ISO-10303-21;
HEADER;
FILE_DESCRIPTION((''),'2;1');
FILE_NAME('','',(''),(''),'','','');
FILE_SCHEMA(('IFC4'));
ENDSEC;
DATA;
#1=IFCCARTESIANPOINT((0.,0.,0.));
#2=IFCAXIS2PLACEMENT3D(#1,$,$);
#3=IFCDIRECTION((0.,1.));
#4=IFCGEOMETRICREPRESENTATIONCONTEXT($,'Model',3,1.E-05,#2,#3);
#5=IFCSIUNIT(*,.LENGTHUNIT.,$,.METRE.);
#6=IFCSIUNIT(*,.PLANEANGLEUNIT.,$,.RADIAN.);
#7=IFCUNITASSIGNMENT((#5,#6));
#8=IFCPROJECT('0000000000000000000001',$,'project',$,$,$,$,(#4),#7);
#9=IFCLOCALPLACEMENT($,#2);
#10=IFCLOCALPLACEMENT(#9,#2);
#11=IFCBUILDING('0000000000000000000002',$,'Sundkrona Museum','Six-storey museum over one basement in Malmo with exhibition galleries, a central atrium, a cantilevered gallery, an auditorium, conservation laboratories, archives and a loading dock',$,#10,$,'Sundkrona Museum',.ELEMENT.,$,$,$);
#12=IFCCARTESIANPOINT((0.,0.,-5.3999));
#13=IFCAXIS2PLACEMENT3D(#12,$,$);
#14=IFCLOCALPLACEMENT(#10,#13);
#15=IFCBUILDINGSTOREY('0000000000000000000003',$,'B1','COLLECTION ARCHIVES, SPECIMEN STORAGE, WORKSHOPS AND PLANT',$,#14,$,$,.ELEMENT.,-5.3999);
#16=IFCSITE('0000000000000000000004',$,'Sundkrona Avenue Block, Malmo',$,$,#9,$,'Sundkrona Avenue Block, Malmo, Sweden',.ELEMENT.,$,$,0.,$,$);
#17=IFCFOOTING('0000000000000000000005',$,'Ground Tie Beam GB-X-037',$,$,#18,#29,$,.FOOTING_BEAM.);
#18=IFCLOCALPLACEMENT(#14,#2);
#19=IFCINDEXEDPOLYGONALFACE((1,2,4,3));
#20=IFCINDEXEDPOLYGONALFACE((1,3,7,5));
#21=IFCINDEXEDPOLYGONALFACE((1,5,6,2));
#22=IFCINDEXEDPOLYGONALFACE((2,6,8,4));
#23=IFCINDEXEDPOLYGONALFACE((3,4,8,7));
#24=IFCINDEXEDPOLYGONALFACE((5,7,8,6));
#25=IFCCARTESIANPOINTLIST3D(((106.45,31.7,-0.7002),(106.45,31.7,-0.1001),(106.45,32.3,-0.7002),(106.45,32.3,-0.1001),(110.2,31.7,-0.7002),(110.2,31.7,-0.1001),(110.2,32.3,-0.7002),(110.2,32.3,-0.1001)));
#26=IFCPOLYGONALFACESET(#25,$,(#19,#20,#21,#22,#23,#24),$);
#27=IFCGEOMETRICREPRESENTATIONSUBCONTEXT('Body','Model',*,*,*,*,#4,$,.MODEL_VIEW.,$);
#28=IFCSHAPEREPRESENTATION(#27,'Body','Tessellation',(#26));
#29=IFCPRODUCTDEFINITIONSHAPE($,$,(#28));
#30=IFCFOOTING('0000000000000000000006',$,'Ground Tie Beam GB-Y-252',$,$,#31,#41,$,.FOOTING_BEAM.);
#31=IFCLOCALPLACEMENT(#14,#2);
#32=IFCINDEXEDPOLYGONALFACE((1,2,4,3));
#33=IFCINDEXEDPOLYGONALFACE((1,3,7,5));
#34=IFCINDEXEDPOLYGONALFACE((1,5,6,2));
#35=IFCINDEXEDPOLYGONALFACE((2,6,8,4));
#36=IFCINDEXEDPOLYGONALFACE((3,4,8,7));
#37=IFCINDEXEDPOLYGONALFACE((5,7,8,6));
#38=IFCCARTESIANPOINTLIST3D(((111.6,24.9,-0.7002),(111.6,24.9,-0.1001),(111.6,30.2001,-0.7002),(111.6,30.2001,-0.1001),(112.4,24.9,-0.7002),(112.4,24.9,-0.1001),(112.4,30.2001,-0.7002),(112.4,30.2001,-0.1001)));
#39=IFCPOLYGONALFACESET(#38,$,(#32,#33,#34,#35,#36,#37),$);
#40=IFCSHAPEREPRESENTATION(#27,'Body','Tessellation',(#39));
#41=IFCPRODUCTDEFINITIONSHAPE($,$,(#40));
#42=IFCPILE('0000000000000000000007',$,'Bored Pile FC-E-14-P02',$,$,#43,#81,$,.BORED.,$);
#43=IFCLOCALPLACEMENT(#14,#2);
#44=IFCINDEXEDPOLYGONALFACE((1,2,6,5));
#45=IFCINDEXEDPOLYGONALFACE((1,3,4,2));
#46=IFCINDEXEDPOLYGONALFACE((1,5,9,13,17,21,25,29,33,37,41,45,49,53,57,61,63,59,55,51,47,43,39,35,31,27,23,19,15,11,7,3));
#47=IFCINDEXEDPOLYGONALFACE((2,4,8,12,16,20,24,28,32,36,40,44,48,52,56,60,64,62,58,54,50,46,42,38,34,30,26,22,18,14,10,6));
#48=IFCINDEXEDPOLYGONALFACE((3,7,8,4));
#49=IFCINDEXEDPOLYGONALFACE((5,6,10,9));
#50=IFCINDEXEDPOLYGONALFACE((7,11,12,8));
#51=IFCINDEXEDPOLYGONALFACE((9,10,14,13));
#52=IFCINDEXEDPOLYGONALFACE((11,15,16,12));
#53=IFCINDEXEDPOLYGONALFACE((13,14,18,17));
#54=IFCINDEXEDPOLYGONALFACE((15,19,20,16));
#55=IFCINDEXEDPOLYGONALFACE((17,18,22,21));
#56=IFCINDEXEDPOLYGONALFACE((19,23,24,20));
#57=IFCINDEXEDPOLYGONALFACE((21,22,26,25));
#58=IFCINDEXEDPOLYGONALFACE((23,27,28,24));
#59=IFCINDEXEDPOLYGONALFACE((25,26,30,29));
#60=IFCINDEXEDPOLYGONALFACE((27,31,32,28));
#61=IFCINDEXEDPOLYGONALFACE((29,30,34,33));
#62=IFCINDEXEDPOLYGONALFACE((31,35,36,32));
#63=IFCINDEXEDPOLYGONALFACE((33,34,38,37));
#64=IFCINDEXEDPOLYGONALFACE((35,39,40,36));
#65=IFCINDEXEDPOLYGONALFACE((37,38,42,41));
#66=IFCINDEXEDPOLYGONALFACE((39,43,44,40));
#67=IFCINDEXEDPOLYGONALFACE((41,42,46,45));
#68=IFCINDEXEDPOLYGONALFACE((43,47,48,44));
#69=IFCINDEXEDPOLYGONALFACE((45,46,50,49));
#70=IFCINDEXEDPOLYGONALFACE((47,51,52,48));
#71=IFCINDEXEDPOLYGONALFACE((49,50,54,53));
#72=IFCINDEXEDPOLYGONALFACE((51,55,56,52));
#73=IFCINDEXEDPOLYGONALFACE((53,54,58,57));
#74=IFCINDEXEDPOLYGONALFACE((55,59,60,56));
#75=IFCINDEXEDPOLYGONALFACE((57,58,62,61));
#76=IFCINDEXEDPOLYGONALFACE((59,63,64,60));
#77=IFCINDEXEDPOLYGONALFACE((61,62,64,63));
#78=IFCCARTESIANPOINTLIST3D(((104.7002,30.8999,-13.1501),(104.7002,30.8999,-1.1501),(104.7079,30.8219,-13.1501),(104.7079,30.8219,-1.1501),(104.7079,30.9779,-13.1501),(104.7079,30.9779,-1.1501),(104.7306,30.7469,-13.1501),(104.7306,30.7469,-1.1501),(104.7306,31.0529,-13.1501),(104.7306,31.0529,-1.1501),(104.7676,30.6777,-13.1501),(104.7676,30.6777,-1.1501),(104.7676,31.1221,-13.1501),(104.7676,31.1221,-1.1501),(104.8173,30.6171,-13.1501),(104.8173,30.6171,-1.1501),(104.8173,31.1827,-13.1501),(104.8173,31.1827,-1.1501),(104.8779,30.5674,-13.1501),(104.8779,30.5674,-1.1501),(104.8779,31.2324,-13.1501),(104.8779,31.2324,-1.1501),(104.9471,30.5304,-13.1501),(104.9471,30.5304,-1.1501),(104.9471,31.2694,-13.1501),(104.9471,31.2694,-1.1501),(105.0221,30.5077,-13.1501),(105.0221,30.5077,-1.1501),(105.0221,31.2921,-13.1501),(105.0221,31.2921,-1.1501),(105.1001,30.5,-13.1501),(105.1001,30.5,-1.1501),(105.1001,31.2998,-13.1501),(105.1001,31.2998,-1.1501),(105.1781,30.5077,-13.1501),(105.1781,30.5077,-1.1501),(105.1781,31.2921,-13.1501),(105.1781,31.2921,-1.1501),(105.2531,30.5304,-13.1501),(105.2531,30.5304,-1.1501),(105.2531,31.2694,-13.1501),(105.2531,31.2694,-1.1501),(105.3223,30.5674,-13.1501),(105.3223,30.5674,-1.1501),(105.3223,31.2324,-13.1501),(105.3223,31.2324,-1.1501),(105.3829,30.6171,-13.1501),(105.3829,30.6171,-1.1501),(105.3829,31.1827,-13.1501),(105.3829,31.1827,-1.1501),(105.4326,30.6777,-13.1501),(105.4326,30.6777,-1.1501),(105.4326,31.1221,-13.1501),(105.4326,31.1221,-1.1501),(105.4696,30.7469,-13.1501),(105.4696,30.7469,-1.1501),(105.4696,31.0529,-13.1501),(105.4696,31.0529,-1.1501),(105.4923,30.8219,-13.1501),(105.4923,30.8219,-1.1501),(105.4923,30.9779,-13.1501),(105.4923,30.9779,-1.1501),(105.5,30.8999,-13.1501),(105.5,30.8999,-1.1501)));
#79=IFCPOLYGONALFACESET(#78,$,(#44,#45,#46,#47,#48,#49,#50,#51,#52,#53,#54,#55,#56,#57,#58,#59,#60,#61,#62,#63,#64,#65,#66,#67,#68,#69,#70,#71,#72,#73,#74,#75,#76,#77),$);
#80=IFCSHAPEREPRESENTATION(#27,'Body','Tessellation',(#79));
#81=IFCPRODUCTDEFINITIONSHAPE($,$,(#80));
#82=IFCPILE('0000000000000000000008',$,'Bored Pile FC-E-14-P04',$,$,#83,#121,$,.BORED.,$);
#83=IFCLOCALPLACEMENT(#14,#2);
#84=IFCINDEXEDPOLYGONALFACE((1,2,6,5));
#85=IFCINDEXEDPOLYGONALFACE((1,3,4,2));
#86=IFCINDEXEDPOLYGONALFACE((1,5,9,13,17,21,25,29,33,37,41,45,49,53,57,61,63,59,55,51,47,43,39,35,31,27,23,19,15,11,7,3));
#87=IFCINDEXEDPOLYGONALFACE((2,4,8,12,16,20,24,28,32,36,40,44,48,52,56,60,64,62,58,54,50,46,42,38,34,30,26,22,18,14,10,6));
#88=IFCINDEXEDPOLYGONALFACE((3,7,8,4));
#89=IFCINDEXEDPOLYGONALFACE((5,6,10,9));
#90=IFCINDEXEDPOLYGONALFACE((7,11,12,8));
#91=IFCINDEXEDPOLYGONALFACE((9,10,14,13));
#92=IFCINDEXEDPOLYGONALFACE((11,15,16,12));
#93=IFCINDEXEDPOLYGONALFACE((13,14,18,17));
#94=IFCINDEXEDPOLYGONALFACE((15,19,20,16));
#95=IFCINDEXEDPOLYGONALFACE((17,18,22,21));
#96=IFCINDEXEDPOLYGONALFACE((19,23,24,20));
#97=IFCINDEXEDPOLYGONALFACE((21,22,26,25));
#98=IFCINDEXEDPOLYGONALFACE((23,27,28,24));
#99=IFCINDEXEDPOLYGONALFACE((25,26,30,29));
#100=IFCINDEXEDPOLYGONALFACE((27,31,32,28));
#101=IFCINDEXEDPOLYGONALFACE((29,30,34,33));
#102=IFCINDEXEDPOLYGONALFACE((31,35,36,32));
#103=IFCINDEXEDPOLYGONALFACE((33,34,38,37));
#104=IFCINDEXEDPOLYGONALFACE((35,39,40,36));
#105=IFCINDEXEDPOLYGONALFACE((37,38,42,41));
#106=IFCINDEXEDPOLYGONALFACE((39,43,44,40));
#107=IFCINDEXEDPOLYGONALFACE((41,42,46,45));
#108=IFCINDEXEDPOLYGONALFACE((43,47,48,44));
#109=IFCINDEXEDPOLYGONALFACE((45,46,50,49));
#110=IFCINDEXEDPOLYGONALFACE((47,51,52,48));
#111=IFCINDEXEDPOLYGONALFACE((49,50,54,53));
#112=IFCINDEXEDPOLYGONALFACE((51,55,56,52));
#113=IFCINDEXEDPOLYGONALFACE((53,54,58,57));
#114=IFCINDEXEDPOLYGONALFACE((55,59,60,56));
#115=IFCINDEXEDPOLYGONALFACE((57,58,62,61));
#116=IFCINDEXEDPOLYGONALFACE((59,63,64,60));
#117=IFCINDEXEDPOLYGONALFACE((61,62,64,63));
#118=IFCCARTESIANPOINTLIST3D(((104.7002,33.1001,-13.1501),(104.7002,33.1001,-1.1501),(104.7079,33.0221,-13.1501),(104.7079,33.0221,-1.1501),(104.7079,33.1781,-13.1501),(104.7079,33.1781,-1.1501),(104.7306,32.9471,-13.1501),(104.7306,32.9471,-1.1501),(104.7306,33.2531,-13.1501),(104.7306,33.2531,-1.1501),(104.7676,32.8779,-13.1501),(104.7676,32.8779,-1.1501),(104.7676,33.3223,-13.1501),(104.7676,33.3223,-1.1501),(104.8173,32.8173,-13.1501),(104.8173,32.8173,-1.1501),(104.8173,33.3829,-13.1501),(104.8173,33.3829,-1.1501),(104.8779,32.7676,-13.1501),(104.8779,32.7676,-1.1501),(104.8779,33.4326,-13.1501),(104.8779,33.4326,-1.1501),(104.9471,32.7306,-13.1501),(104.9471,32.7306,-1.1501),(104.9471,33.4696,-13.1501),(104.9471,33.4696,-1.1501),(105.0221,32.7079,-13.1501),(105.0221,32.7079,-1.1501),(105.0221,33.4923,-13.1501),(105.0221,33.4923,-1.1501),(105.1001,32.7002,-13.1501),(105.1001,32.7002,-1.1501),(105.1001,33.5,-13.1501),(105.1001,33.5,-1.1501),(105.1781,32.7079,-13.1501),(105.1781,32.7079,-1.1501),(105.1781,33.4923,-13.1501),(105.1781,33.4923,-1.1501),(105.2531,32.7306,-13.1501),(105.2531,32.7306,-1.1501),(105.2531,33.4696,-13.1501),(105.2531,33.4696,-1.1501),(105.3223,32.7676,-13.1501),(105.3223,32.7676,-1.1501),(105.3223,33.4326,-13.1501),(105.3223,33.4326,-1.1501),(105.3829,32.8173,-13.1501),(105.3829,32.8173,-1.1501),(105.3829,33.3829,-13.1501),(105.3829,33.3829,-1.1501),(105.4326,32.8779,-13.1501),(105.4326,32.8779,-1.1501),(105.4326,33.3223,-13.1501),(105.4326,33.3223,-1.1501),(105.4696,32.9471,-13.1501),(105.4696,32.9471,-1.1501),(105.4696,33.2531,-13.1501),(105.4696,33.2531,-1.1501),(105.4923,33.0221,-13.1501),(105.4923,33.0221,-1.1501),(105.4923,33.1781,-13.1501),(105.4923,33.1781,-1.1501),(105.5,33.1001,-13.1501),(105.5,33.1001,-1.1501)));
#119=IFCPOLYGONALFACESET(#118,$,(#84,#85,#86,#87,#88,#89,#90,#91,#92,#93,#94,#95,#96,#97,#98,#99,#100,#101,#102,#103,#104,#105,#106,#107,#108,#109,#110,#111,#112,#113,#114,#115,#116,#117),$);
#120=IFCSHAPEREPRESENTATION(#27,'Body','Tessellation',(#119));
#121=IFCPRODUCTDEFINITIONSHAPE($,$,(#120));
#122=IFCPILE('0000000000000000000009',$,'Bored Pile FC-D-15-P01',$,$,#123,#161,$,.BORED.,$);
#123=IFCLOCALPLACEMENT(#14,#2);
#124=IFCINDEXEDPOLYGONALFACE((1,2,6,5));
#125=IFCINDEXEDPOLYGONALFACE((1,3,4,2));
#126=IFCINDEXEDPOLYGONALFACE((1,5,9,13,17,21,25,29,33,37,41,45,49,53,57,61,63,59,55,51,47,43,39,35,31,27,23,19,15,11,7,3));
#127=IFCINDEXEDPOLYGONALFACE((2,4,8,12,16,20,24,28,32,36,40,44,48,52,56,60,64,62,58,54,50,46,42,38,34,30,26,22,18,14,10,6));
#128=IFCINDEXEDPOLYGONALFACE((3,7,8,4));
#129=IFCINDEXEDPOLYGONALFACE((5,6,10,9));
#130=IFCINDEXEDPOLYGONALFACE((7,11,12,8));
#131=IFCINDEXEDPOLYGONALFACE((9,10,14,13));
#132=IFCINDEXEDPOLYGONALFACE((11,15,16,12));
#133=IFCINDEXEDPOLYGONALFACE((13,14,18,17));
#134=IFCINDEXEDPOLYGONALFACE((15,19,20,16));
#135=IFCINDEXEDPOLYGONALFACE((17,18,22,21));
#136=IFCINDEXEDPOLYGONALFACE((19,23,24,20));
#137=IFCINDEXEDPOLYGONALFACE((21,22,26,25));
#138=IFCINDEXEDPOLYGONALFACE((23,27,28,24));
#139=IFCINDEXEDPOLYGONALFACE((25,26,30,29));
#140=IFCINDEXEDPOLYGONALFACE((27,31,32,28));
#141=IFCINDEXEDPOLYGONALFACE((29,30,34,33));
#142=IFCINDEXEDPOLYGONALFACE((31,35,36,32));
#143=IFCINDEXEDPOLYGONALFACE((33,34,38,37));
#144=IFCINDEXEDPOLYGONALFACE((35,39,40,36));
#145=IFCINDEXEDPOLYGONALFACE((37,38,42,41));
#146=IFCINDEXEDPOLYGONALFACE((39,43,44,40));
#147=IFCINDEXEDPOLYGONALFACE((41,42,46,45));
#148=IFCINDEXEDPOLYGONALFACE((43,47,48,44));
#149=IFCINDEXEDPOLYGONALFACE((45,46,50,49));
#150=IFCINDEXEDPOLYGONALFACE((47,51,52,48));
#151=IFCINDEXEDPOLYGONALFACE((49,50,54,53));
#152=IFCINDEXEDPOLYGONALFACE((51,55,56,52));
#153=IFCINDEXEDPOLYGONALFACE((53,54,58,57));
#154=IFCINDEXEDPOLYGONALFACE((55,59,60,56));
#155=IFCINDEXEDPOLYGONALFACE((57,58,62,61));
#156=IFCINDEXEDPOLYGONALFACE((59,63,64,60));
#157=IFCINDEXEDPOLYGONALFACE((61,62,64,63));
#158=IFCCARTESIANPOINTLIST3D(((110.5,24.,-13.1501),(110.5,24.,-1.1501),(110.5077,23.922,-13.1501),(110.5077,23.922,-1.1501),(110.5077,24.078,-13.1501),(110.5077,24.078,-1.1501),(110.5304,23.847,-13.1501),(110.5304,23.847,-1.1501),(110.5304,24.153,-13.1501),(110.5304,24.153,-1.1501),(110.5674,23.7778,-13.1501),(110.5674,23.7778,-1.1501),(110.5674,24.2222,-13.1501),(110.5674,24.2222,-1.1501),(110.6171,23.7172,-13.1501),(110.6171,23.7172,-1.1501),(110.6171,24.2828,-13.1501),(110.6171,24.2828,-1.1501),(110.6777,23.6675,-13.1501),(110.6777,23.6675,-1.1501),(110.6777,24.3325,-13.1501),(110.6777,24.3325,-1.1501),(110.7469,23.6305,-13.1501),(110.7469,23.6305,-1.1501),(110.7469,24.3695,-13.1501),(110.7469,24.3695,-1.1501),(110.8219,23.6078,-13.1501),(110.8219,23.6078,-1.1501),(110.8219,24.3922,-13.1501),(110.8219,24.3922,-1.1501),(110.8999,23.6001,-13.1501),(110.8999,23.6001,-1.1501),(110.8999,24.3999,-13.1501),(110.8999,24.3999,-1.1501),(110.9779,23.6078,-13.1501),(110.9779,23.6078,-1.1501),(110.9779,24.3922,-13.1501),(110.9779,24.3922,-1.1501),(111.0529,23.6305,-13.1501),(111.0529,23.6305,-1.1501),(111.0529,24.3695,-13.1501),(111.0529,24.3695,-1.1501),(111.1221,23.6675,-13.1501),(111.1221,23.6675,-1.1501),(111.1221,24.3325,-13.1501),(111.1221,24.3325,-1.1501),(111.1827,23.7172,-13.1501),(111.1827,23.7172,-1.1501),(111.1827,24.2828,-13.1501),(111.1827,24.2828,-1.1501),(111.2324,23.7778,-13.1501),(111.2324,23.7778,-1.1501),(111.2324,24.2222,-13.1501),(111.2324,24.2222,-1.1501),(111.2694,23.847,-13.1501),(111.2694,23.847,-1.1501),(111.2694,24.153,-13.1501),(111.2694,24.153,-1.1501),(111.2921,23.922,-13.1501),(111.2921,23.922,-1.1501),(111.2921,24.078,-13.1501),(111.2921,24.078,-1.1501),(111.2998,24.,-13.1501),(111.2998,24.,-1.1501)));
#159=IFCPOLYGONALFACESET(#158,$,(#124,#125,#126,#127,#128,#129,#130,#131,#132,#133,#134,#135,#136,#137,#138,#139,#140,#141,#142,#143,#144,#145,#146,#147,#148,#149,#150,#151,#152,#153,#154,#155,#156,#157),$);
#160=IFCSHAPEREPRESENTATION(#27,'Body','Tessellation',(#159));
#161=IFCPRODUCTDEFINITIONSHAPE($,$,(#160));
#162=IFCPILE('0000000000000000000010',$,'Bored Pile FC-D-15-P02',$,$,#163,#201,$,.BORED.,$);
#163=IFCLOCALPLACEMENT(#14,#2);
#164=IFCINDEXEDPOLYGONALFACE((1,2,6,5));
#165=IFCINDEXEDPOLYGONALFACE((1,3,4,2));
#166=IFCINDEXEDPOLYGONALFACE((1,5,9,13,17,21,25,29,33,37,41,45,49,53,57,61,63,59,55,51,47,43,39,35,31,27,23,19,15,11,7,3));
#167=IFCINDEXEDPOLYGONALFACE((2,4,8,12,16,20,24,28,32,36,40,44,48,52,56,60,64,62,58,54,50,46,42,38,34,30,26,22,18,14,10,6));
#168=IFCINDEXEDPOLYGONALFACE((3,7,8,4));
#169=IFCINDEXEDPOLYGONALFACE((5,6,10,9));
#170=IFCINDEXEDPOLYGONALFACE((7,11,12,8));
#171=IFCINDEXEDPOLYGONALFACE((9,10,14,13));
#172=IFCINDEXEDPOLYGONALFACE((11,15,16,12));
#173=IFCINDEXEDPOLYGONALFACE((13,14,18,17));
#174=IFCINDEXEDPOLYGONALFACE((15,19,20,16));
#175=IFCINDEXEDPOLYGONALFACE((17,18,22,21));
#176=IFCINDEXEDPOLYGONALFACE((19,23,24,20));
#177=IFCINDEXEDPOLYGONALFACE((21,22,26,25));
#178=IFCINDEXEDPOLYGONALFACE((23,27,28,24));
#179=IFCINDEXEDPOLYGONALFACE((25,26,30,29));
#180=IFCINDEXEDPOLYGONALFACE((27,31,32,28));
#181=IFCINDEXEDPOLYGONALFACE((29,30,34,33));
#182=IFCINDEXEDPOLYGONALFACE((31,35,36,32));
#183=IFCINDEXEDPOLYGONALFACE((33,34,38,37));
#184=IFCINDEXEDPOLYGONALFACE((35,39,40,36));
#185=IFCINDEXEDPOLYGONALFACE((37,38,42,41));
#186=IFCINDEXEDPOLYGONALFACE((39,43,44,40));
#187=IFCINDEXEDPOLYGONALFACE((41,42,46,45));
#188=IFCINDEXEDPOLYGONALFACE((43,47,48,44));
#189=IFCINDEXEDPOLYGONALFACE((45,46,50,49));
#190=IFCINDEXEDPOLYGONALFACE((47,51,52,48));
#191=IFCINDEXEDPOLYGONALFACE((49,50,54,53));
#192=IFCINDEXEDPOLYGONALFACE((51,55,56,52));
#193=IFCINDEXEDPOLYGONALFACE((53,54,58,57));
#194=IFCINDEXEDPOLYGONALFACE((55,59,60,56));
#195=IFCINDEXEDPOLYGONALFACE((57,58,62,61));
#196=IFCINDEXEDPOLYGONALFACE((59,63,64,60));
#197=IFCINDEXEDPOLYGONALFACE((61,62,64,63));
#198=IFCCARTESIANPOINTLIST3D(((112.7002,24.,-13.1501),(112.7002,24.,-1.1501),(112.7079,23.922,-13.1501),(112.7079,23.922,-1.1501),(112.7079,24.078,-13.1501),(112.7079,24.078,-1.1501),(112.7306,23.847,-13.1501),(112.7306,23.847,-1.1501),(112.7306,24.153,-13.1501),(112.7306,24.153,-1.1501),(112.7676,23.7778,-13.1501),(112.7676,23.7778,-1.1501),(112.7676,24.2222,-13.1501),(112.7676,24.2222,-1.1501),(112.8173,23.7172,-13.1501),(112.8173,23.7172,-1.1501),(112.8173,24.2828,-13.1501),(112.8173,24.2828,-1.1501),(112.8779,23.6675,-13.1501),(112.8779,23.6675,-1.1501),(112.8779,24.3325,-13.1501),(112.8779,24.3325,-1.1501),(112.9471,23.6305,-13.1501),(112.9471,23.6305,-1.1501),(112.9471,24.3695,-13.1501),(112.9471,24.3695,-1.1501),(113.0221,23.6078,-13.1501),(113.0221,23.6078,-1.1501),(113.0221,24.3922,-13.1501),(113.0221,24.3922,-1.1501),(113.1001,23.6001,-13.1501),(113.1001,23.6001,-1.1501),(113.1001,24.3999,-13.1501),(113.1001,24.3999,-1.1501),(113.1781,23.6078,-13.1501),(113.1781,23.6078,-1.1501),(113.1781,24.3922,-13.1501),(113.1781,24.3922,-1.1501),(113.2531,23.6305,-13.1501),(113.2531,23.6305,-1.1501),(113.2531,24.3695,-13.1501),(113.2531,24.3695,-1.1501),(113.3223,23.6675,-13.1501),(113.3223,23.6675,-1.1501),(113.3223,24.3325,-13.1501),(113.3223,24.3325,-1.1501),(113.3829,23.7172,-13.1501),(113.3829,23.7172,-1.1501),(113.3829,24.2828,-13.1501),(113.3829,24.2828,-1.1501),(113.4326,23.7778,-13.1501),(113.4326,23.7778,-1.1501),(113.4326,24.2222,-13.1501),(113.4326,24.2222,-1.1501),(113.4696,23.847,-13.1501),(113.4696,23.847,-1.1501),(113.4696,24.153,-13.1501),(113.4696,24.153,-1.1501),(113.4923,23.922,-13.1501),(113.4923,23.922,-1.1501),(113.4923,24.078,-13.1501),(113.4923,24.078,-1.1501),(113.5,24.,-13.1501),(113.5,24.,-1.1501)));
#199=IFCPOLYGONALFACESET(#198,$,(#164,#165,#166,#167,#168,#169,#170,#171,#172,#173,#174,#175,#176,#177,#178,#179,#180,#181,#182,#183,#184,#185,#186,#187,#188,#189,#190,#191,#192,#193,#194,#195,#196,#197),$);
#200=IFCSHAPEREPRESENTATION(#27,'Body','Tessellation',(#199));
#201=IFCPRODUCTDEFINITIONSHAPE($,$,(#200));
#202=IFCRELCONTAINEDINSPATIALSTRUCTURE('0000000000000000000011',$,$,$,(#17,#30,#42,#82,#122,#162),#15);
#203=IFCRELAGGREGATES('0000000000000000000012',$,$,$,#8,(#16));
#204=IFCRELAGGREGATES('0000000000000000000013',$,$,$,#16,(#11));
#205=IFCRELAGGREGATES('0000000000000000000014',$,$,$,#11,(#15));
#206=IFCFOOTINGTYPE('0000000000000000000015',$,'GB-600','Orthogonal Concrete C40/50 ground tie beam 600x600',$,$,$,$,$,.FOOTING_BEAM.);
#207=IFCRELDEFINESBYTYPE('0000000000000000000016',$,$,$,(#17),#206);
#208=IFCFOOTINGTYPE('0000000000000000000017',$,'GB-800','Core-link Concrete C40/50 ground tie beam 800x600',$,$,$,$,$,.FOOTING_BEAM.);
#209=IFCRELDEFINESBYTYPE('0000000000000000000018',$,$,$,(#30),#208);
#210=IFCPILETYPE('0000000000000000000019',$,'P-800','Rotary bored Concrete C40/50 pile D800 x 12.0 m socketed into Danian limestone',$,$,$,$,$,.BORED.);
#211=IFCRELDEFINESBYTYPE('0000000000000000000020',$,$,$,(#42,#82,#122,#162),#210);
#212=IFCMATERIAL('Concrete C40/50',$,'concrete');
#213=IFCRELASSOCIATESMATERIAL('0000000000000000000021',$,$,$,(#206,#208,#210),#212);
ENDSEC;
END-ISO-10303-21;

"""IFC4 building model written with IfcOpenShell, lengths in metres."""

from ifc_helpers import new_model, si_unit, direction, frame, origin, origin_2d, place, context, subcontext, project, spatial, rectangle, circle, extrude, material, material_profile, profile_set, type_object, element, save


model = new_model("IFC4")

# Units and contexts
model_context = context("Model", 3, precision=1e-05, world=origin(), true_north=direction((0.0, 1.0)))
body_context = subcontext(model_context, "Body", "Model", "MODEL_VIEW")
ifc_project = project(units=[si_unit("LENGTHUNIT", "METRE"), si_unit("PLANEANGLEUNIT", "RADIAN")], contexts=[model_context])

# Site, building, storey
site_placement = place(None, origin())
site = spatial("IfcSite", under=ifc_project, at=site_placement, Name="Sundkrona Avenue Block, Malmo", LongName="Sundkrona Avenue Block, Malmo, Sweden", CompositionType="ELEMENT", RefElevation=0.0)
building_placement = place(site_placement, origin())
building = spatial("IfcBuilding", under=site, at=building_placement, Name="Sundkrona Museum", Description="Six-storey museum over one basement in Malmo with exhibition galleries, a central atrium, a cantilevered gallery, an auditorium, conservation laboratories, archives and a loading dock", LongName="Sundkrona Museum", CompositionType="ELEMENT")
storey_placement = place(building_placement, frame((0.0, 0.0, -5.3999)))
storey = spatial("IfcBuildingStorey", under=building, at=storey_placement, Name="B1", Description="COLLECTION ARCHIVES, SPECIMEN STORAGE, WORKSHOPS AND PLANT", CompositionType="ELEMENT", Elevation=-5.3999)

# Footings
ifc_material_1 = material(Name="Concrete C40/50", Category="concrete")
footing_type_1 = type_object("IfcFootingType", Name="GB-600", Description="Orthogonal Concrete C40/50 ground tie beam 600x600", PredefinedType="FOOTING_BEAM", material=ifc_material_1)
footing_1_placement = place(storey_placement, frame((108.325, 32.0, -0.7002), z_axis=(0.0, 0.0, 1.0), x_axis=(1.0, 0.0, 0.0)))
element("IfcFooting", 1, at=footing_1_placement, inside=storey, type_object=footing_type_1, Name="Ground Tie Beam GB-X-037", PredefinedType="FOOTING_BEAM", context=body_context, shape_type="SweptSolid", body=[
    extrude(rectangle(XDim=3.75, YDim=0.6001, at=origin_2d()), origin(), (0.0, 0.0, 1.0), 0.6001),
])
footing_type_2 = type_object("IfcFootingType", Name="GB-800", Description="Core-link Concrete C40/50 ground tie beam 800x600", PredefinedType="FOOTING_BEAM", material=ifc_material_1)
footing_2_placement = place(storey_placement, frame((112.0, 27.55, -0.7002), z_axis=(0.0, 0.0, 1.0), x_axis=(0.0, 1.0, 0.0)))
element("IfcFooting", 2, at=footing_2_placement, inside=storey, type_object=footing_type_2, Name="Ground Tie Beam GB-Y-252", PredefinedType="FOOTING_BEAM", context=body_context, shape_type="SweptSolid", body=[
    extrude(rectangle(XDim=5.3, YDim=0.8, at=origin_2d()), origin(), (0.0, 0.0, 1.0), 0.6001),
])

# Piles
ifc_material_profile_1 = material_profile(ifc_material_1, circle(Radius=0.3999, at=origin_2d()), Name="PILE D800")
ifc_profile_set_1 = profile_set([ifc_material_profile_1], Name="Concrete C40/50")
pile_type = type_object("IfcPileType", Name="P-800", Description="Rotary bored Concrete C40/50 pile D800 x 12.0 m socketed into Danian limestone", PredefinedType="BORED", material=ifc_profile_set_1)
for number, where, z_axis, x_axis, name in (
    (3, (105.1001, 30.8999, -1.1501), (0.0, 0.0, -1.0), (1.0, 0.0, 0.0), "Bored Pile FC-E-14-P02"),
    (4, (105.1001, 33.1001, -1.1501), (0.0, 0.0, -1.0), (1.0, 0.0, 0.0), "Bored Pile FC-E-14-P04"),
    (5, (110.8999, 24.0, -1.1501), (0.0, 0.0, -1.0), (1.0, 0.0, 0.0), "Bored Pile FC-D-15-P01"),
    (6, (113.1001, 24.0, -1.1501), (0.0, 0.0, -1.0), (1.0, 0.0, 0.0), "Bored Pile FC-D-15-P02"),
):
    element("IfcPile", number, at=place(storey_placement, frame(where, z_axis=z_axis, x_axis=x_axis)), inside=storey, type_object=pile_type, Name=name, PredefinedType="BORED", context=body_context, shape_type="SweptSolid", body=[
        extrude(circle(Radius=0.3999, at=origin_2d()), origin(), (0.0, 0.0, 1.0), 12.0),
    ])

save(model, "model.ifc")
